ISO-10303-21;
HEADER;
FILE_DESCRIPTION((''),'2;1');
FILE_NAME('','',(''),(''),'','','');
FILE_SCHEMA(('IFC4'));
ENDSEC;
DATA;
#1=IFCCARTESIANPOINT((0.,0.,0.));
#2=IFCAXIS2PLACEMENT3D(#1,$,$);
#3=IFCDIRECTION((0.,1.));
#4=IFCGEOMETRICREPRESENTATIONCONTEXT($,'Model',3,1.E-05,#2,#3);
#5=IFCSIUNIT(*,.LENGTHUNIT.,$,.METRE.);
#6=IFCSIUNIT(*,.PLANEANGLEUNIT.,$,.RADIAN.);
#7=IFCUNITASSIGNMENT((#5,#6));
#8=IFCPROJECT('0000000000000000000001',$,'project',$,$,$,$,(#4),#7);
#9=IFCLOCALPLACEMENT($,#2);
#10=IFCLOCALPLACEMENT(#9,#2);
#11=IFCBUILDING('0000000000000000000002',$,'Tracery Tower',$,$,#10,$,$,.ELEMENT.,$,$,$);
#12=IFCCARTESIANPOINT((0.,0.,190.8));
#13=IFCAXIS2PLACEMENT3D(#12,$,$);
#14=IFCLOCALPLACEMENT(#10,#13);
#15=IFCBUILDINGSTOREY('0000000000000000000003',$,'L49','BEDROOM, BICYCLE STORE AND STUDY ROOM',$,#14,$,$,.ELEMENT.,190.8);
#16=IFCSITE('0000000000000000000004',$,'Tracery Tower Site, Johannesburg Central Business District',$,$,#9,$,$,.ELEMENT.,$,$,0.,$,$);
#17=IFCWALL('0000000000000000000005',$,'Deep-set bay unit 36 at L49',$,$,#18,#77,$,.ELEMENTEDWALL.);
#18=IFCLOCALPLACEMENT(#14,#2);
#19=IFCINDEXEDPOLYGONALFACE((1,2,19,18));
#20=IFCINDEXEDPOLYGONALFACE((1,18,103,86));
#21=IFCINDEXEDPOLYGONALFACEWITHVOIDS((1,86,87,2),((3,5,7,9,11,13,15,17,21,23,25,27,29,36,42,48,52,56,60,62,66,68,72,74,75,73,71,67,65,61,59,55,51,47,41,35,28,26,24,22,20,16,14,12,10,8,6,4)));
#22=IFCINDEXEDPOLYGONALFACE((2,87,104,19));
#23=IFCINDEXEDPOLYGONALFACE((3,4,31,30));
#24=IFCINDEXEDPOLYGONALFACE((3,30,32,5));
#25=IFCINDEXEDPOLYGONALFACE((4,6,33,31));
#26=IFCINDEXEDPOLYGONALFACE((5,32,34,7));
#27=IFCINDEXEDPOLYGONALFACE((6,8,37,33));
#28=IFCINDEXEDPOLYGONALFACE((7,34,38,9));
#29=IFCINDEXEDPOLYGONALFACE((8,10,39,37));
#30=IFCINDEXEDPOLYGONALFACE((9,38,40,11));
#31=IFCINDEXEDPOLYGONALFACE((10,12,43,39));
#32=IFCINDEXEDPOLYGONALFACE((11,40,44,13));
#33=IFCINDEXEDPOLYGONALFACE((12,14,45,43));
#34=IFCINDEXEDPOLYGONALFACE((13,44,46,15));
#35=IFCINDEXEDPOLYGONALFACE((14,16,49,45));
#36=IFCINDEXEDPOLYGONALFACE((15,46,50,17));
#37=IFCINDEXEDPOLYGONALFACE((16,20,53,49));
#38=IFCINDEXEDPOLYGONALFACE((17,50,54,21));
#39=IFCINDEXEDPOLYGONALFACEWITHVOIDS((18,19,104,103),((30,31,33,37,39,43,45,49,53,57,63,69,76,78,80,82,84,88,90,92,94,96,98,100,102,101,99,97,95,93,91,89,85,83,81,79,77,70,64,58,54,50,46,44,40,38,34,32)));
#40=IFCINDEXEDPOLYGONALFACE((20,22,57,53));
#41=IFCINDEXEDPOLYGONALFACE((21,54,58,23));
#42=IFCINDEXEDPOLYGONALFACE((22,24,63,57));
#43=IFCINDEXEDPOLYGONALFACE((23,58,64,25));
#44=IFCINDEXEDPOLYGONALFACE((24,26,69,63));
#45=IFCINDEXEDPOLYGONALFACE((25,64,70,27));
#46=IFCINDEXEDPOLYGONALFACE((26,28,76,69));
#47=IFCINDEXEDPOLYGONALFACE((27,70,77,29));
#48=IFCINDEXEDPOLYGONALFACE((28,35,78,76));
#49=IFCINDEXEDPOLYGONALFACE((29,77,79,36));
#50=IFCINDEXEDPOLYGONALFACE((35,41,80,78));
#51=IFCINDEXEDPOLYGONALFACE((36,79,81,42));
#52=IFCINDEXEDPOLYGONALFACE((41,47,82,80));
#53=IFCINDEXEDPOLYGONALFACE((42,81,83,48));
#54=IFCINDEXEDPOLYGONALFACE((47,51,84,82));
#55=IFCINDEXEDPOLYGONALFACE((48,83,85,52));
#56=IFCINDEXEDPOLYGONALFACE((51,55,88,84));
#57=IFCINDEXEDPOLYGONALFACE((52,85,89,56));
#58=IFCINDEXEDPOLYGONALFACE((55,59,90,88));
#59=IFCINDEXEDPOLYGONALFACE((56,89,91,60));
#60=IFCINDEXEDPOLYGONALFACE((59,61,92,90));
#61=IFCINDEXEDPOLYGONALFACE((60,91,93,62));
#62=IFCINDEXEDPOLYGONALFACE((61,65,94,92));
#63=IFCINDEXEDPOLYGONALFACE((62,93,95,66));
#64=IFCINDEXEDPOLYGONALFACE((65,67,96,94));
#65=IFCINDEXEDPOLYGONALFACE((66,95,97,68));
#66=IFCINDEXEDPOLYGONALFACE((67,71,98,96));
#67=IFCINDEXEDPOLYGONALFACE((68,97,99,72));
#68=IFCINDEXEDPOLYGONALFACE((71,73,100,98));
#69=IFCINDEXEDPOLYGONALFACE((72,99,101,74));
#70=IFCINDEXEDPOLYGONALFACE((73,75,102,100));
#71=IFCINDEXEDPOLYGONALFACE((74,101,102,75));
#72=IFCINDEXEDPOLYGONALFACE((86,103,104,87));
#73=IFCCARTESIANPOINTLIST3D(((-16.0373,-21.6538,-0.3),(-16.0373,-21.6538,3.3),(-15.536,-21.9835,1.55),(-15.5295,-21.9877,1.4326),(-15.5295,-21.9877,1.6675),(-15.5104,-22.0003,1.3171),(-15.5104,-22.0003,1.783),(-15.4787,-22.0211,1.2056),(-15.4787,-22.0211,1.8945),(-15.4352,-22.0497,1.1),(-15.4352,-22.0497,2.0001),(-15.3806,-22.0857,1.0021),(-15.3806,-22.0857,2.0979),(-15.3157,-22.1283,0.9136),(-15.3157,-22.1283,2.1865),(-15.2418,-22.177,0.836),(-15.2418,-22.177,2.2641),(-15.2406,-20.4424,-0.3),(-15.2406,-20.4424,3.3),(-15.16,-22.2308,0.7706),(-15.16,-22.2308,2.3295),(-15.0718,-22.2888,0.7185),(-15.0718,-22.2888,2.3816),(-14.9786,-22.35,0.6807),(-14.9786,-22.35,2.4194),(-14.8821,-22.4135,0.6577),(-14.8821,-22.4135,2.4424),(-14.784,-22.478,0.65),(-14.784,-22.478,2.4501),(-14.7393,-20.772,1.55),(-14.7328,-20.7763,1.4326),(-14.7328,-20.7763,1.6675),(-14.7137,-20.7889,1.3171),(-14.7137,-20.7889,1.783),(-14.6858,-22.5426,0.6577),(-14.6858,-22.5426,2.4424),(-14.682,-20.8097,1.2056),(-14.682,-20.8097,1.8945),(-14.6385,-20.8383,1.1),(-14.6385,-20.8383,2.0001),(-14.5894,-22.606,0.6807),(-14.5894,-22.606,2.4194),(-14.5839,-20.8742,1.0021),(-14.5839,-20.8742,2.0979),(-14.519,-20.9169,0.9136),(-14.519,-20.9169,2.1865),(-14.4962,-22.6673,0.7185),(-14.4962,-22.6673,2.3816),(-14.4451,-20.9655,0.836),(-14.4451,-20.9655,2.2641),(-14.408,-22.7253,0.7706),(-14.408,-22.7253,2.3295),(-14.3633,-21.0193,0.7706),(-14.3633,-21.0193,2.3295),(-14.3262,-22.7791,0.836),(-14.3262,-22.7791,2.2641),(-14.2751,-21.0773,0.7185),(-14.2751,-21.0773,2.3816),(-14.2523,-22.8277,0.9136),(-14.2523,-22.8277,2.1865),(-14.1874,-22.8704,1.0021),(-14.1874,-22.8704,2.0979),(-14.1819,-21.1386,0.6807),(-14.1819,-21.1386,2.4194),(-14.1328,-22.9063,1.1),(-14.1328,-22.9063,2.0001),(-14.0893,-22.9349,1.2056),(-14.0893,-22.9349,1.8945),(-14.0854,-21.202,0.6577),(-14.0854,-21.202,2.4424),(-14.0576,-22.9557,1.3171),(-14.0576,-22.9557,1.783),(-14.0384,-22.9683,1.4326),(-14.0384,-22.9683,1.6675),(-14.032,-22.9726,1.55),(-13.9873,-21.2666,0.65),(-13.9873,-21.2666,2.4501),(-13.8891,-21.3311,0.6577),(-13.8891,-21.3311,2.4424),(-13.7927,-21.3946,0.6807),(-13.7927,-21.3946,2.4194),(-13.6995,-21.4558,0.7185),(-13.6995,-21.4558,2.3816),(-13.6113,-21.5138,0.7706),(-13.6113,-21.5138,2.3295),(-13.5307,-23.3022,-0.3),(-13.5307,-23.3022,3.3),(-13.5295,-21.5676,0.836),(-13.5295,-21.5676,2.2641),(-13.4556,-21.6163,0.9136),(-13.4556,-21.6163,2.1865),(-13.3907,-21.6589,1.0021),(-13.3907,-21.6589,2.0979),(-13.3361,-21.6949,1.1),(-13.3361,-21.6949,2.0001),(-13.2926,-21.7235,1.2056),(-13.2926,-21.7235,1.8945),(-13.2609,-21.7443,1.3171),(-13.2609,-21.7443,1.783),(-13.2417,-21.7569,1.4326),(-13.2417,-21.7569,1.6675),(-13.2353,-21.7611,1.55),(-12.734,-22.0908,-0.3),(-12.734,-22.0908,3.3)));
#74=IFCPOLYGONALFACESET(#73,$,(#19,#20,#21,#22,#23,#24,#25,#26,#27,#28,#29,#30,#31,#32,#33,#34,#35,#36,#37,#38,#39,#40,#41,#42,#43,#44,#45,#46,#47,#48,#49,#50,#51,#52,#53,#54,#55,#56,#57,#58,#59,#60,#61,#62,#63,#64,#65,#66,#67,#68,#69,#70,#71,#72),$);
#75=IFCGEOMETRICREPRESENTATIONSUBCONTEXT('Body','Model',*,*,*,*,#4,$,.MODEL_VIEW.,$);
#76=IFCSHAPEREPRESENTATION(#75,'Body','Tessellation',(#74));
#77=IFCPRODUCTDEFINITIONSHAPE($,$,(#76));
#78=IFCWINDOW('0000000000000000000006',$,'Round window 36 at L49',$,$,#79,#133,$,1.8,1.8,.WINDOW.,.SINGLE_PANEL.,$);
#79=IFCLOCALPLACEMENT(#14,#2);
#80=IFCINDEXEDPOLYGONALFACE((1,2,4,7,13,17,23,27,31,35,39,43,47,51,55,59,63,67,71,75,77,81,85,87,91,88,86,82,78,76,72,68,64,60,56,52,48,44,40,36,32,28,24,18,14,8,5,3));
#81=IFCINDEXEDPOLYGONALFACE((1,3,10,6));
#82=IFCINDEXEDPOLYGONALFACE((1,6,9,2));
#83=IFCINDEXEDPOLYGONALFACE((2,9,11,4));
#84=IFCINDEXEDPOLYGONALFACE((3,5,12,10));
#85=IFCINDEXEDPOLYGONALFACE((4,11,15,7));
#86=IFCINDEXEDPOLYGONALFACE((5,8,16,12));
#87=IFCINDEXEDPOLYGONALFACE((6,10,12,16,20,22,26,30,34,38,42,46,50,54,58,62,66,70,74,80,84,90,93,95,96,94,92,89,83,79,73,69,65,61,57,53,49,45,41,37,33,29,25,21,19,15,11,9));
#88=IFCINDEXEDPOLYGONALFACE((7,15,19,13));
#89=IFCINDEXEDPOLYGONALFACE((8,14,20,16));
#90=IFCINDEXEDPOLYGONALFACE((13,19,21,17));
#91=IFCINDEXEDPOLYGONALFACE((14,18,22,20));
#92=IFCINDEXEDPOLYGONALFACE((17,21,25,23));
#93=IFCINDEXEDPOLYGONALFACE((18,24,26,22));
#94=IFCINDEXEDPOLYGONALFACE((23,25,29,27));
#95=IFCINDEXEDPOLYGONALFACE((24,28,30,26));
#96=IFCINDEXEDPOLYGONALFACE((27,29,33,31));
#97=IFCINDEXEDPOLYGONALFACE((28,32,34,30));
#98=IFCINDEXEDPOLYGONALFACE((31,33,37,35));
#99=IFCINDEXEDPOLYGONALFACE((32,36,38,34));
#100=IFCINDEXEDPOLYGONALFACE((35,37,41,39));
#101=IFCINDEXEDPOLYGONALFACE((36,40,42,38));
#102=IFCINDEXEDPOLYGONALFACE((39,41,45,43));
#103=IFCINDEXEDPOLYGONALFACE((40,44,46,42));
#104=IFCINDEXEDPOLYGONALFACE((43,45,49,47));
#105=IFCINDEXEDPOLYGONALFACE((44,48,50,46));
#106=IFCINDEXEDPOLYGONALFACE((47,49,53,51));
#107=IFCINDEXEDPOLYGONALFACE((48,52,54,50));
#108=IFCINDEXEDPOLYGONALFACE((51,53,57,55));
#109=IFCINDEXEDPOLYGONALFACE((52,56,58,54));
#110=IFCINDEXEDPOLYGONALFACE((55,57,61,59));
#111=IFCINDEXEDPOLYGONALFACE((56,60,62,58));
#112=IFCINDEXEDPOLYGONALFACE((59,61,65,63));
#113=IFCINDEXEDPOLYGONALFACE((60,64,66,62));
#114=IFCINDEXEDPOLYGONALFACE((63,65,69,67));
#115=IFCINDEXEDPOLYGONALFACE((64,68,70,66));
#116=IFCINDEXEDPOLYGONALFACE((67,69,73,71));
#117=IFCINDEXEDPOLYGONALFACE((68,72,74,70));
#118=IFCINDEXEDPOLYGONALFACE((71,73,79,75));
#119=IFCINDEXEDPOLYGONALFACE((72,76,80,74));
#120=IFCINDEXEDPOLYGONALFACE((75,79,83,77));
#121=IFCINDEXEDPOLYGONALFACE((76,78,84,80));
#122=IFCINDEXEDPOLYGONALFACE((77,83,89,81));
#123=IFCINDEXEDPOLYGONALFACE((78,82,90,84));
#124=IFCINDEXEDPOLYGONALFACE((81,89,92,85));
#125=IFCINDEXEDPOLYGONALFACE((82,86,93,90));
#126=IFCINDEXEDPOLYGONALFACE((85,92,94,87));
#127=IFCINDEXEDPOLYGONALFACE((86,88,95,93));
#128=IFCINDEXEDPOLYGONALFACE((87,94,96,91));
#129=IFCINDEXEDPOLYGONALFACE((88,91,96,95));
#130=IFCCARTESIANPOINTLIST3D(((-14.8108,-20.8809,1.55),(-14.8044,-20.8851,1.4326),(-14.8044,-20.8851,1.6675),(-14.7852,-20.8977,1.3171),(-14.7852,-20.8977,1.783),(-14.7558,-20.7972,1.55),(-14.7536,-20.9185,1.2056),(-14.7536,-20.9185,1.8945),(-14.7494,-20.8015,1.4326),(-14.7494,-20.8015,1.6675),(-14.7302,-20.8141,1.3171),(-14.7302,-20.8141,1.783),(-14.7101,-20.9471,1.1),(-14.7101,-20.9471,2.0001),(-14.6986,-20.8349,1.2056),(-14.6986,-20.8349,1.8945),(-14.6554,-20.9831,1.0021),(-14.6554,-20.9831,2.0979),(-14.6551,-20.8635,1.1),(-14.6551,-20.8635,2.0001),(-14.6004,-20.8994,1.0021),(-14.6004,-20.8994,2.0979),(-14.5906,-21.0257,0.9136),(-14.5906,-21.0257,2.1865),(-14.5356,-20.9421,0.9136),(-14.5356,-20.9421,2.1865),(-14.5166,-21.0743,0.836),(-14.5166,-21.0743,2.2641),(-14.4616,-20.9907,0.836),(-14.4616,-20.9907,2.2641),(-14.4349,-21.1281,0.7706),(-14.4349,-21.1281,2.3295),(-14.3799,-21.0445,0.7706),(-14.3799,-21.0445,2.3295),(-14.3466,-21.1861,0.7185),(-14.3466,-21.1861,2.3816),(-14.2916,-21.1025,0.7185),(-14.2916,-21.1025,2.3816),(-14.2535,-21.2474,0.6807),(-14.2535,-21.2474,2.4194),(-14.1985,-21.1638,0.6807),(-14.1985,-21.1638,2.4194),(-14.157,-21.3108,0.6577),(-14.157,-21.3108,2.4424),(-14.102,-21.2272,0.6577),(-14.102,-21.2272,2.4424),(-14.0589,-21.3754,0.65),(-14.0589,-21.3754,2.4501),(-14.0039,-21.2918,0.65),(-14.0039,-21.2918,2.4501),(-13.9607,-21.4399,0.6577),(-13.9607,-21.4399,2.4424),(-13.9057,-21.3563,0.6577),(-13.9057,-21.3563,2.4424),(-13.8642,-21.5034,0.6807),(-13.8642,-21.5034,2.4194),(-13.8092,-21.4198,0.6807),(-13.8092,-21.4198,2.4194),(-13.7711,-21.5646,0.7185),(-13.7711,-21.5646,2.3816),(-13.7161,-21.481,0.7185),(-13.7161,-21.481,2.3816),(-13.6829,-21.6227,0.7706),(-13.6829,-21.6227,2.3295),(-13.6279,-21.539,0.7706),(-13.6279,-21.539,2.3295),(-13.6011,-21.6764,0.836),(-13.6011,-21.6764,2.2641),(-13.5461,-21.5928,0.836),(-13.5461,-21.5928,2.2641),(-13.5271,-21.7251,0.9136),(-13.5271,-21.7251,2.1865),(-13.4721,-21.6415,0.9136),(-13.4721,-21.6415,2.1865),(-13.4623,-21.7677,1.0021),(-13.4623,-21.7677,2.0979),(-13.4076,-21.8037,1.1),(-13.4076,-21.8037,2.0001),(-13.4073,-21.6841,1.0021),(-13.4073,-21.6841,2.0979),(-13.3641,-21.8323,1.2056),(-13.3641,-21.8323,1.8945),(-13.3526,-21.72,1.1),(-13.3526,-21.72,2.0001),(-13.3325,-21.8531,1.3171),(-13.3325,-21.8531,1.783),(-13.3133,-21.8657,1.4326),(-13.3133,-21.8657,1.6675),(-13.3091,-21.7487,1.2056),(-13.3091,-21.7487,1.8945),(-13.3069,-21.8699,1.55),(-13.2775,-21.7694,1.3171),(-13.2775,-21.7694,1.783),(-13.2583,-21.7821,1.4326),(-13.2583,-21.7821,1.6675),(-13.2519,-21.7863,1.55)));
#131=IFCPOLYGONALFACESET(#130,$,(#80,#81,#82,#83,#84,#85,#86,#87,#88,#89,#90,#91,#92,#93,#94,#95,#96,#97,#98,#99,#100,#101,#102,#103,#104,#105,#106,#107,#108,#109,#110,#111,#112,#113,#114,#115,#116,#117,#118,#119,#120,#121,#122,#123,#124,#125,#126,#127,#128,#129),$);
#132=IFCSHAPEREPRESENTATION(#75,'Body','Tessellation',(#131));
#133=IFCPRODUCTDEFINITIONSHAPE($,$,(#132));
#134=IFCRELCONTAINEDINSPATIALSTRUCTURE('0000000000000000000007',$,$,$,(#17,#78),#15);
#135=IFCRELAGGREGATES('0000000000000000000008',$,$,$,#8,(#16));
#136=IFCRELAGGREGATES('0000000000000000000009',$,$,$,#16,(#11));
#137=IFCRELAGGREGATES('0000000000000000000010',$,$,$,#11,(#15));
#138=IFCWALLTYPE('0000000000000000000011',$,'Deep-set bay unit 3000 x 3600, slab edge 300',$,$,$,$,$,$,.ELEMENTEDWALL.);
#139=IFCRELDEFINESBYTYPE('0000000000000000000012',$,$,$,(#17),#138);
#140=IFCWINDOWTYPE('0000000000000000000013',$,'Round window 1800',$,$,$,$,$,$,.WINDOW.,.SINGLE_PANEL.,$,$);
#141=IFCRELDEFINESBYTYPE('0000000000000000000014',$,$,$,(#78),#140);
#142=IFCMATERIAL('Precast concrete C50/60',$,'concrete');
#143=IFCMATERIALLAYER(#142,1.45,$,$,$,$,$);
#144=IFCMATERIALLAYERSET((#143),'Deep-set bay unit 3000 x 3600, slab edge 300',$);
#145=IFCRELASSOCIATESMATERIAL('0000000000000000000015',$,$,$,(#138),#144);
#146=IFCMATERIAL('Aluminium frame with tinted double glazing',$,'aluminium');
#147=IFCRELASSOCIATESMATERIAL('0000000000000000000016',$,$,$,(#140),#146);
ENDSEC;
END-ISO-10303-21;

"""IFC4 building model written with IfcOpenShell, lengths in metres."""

from ifc_helpers import new_model, si_unit, direction, frame, frame_2d, origin, origin_2d, place, context, subcontext, project, spatial, rectangle, circle, extrude, material, layer, layer_set, type_object, element, fill, save


model = new_model("IFC4")

# Units and contexts
model_context = context("Model", 3, precision=1e-05, world=origin(), true_north=direction((0.0, 1.0)))
body_context = subcontext(model_context, "Body", "Model", "MODEL_VIEW")
ifc_project = project(units=[si_unit("LENGTHUNIT", "METRE"), si_unit("PLANEANGLEUNIT", "RADIAN")], contexts=[model_context])

# Site, building, storey
site_placement = place(None, origin())
site = spatial("IfcSite", under=ifc_project, at=site_placement, Name="Tracery Tower Site, Johannesburg Central Business District", CompositionType="ELEMENT", RefElevation=0.0)
building_placement = place(site_placement, origin())
building = spatial("IfcBuilding", under=site, at=building_placement, Name="Tracery Tower", CompositionType="ELEMENT")
storey_placement = place(building_placement, frame((0.0, 0.0, 190.8)))
storey = spatial("IfcBuildingStorey", under=building, at=storey_placement, Name="L49", Description="BEDROOM, BICYCLE STORE AND STUDY ROOM", CompositionType="ELEMENT", Elevation=190.8)

# Wall, opening, window
ifc_material_1 = material(Name="Precast concrete C50/60", Category="concrete")
ifc_layer_1 = layer(ifc_material_1, 1.45)
ifc_layer_set_1 = layer_set([ifc_layer_1], Name="Deep-set bay unit 3000 x 3600, slab edge 300")
wall_type_1 = type_object("IfcWallType", Name="Deep-set bay unit 3000 x 3600, slab edge 300", PredefinedType="ELEMENTEDWALL", material=ifc_layer_set_1)
ifc_material_2 = material(Name="Aluminium frame with tinted double glazing", Category="aluminium")
window_type = type_object("IfcWindowType", Name="Round window 1800", PartitioningType="SINGLE_PANEL", PredefinedType="WINDOW", material=ifc_material_2)
wall_1_placement = place(storey_placement, frame((-15.6389, -21.0481, -0.3), z_axis=(0.0, 0.0, 1.0), x_axis=(0.835514, -0.549469, 0.0)))
wall_1 = element("IfcWall", 1, at=wall_1_placement, inside=storey, type_object=wall_type_1, Name="Deep-set bay unit 36 at L49", PredefinedType="ELEMENTEDWALL", context=body_context, shape_type="SweptSolid", body=[
    extrude(rectangle(XDim=3.0, YDim=1.45, at=frame_2d((1.5, 0.0))), origin(), (0.0, 0.0, 1.0), 3.6001),
])
opening_1_placement = place(wall_1_placement, frame((1.5, 0.0, 1.8501)))
opening_1 = element("IfcOpeningElement", 2, at=opening_1_placement, cuts=wall_1, PredefinedType="OPENING", context=body_context, shape_type="SweptSolid", body=[
    extrude(circle(Radius=0.9, at=origin_2d()), frame((0.0, 0.7349, 0.0), z_axis=(0.0, -1.0, 0.0), x_axis=(1.0, 0.0, 0.0)), (0.0, 0.0, 1.0), 1.47),
])
window_1_placement = place(opening_1_placement, origin())
window_1 = element("IfcWindow", 3, at=window_1_placement, inside=storey, type_object=window_type, Name="Round window 36 at L49", OverallHeight=1.8, OverallWidth=1.8, PartitioningType="SINGLE_PANEL", PredefinedType="WINDOW", context=body_context, shape_type="SweptSolid", body=[
    extrude(circle(Radius=0.9, at=origin_2d()), frame((0.0, 0.6948, 0.0), z_axis=(0.0, -1.0, 0.0), x_axis=(1.0, 0.0, 0.0)), (0.0, 0.0, 1.0), 0.1001),
])
fill(opening_1, window_1)

save(model, "model.ifc")
